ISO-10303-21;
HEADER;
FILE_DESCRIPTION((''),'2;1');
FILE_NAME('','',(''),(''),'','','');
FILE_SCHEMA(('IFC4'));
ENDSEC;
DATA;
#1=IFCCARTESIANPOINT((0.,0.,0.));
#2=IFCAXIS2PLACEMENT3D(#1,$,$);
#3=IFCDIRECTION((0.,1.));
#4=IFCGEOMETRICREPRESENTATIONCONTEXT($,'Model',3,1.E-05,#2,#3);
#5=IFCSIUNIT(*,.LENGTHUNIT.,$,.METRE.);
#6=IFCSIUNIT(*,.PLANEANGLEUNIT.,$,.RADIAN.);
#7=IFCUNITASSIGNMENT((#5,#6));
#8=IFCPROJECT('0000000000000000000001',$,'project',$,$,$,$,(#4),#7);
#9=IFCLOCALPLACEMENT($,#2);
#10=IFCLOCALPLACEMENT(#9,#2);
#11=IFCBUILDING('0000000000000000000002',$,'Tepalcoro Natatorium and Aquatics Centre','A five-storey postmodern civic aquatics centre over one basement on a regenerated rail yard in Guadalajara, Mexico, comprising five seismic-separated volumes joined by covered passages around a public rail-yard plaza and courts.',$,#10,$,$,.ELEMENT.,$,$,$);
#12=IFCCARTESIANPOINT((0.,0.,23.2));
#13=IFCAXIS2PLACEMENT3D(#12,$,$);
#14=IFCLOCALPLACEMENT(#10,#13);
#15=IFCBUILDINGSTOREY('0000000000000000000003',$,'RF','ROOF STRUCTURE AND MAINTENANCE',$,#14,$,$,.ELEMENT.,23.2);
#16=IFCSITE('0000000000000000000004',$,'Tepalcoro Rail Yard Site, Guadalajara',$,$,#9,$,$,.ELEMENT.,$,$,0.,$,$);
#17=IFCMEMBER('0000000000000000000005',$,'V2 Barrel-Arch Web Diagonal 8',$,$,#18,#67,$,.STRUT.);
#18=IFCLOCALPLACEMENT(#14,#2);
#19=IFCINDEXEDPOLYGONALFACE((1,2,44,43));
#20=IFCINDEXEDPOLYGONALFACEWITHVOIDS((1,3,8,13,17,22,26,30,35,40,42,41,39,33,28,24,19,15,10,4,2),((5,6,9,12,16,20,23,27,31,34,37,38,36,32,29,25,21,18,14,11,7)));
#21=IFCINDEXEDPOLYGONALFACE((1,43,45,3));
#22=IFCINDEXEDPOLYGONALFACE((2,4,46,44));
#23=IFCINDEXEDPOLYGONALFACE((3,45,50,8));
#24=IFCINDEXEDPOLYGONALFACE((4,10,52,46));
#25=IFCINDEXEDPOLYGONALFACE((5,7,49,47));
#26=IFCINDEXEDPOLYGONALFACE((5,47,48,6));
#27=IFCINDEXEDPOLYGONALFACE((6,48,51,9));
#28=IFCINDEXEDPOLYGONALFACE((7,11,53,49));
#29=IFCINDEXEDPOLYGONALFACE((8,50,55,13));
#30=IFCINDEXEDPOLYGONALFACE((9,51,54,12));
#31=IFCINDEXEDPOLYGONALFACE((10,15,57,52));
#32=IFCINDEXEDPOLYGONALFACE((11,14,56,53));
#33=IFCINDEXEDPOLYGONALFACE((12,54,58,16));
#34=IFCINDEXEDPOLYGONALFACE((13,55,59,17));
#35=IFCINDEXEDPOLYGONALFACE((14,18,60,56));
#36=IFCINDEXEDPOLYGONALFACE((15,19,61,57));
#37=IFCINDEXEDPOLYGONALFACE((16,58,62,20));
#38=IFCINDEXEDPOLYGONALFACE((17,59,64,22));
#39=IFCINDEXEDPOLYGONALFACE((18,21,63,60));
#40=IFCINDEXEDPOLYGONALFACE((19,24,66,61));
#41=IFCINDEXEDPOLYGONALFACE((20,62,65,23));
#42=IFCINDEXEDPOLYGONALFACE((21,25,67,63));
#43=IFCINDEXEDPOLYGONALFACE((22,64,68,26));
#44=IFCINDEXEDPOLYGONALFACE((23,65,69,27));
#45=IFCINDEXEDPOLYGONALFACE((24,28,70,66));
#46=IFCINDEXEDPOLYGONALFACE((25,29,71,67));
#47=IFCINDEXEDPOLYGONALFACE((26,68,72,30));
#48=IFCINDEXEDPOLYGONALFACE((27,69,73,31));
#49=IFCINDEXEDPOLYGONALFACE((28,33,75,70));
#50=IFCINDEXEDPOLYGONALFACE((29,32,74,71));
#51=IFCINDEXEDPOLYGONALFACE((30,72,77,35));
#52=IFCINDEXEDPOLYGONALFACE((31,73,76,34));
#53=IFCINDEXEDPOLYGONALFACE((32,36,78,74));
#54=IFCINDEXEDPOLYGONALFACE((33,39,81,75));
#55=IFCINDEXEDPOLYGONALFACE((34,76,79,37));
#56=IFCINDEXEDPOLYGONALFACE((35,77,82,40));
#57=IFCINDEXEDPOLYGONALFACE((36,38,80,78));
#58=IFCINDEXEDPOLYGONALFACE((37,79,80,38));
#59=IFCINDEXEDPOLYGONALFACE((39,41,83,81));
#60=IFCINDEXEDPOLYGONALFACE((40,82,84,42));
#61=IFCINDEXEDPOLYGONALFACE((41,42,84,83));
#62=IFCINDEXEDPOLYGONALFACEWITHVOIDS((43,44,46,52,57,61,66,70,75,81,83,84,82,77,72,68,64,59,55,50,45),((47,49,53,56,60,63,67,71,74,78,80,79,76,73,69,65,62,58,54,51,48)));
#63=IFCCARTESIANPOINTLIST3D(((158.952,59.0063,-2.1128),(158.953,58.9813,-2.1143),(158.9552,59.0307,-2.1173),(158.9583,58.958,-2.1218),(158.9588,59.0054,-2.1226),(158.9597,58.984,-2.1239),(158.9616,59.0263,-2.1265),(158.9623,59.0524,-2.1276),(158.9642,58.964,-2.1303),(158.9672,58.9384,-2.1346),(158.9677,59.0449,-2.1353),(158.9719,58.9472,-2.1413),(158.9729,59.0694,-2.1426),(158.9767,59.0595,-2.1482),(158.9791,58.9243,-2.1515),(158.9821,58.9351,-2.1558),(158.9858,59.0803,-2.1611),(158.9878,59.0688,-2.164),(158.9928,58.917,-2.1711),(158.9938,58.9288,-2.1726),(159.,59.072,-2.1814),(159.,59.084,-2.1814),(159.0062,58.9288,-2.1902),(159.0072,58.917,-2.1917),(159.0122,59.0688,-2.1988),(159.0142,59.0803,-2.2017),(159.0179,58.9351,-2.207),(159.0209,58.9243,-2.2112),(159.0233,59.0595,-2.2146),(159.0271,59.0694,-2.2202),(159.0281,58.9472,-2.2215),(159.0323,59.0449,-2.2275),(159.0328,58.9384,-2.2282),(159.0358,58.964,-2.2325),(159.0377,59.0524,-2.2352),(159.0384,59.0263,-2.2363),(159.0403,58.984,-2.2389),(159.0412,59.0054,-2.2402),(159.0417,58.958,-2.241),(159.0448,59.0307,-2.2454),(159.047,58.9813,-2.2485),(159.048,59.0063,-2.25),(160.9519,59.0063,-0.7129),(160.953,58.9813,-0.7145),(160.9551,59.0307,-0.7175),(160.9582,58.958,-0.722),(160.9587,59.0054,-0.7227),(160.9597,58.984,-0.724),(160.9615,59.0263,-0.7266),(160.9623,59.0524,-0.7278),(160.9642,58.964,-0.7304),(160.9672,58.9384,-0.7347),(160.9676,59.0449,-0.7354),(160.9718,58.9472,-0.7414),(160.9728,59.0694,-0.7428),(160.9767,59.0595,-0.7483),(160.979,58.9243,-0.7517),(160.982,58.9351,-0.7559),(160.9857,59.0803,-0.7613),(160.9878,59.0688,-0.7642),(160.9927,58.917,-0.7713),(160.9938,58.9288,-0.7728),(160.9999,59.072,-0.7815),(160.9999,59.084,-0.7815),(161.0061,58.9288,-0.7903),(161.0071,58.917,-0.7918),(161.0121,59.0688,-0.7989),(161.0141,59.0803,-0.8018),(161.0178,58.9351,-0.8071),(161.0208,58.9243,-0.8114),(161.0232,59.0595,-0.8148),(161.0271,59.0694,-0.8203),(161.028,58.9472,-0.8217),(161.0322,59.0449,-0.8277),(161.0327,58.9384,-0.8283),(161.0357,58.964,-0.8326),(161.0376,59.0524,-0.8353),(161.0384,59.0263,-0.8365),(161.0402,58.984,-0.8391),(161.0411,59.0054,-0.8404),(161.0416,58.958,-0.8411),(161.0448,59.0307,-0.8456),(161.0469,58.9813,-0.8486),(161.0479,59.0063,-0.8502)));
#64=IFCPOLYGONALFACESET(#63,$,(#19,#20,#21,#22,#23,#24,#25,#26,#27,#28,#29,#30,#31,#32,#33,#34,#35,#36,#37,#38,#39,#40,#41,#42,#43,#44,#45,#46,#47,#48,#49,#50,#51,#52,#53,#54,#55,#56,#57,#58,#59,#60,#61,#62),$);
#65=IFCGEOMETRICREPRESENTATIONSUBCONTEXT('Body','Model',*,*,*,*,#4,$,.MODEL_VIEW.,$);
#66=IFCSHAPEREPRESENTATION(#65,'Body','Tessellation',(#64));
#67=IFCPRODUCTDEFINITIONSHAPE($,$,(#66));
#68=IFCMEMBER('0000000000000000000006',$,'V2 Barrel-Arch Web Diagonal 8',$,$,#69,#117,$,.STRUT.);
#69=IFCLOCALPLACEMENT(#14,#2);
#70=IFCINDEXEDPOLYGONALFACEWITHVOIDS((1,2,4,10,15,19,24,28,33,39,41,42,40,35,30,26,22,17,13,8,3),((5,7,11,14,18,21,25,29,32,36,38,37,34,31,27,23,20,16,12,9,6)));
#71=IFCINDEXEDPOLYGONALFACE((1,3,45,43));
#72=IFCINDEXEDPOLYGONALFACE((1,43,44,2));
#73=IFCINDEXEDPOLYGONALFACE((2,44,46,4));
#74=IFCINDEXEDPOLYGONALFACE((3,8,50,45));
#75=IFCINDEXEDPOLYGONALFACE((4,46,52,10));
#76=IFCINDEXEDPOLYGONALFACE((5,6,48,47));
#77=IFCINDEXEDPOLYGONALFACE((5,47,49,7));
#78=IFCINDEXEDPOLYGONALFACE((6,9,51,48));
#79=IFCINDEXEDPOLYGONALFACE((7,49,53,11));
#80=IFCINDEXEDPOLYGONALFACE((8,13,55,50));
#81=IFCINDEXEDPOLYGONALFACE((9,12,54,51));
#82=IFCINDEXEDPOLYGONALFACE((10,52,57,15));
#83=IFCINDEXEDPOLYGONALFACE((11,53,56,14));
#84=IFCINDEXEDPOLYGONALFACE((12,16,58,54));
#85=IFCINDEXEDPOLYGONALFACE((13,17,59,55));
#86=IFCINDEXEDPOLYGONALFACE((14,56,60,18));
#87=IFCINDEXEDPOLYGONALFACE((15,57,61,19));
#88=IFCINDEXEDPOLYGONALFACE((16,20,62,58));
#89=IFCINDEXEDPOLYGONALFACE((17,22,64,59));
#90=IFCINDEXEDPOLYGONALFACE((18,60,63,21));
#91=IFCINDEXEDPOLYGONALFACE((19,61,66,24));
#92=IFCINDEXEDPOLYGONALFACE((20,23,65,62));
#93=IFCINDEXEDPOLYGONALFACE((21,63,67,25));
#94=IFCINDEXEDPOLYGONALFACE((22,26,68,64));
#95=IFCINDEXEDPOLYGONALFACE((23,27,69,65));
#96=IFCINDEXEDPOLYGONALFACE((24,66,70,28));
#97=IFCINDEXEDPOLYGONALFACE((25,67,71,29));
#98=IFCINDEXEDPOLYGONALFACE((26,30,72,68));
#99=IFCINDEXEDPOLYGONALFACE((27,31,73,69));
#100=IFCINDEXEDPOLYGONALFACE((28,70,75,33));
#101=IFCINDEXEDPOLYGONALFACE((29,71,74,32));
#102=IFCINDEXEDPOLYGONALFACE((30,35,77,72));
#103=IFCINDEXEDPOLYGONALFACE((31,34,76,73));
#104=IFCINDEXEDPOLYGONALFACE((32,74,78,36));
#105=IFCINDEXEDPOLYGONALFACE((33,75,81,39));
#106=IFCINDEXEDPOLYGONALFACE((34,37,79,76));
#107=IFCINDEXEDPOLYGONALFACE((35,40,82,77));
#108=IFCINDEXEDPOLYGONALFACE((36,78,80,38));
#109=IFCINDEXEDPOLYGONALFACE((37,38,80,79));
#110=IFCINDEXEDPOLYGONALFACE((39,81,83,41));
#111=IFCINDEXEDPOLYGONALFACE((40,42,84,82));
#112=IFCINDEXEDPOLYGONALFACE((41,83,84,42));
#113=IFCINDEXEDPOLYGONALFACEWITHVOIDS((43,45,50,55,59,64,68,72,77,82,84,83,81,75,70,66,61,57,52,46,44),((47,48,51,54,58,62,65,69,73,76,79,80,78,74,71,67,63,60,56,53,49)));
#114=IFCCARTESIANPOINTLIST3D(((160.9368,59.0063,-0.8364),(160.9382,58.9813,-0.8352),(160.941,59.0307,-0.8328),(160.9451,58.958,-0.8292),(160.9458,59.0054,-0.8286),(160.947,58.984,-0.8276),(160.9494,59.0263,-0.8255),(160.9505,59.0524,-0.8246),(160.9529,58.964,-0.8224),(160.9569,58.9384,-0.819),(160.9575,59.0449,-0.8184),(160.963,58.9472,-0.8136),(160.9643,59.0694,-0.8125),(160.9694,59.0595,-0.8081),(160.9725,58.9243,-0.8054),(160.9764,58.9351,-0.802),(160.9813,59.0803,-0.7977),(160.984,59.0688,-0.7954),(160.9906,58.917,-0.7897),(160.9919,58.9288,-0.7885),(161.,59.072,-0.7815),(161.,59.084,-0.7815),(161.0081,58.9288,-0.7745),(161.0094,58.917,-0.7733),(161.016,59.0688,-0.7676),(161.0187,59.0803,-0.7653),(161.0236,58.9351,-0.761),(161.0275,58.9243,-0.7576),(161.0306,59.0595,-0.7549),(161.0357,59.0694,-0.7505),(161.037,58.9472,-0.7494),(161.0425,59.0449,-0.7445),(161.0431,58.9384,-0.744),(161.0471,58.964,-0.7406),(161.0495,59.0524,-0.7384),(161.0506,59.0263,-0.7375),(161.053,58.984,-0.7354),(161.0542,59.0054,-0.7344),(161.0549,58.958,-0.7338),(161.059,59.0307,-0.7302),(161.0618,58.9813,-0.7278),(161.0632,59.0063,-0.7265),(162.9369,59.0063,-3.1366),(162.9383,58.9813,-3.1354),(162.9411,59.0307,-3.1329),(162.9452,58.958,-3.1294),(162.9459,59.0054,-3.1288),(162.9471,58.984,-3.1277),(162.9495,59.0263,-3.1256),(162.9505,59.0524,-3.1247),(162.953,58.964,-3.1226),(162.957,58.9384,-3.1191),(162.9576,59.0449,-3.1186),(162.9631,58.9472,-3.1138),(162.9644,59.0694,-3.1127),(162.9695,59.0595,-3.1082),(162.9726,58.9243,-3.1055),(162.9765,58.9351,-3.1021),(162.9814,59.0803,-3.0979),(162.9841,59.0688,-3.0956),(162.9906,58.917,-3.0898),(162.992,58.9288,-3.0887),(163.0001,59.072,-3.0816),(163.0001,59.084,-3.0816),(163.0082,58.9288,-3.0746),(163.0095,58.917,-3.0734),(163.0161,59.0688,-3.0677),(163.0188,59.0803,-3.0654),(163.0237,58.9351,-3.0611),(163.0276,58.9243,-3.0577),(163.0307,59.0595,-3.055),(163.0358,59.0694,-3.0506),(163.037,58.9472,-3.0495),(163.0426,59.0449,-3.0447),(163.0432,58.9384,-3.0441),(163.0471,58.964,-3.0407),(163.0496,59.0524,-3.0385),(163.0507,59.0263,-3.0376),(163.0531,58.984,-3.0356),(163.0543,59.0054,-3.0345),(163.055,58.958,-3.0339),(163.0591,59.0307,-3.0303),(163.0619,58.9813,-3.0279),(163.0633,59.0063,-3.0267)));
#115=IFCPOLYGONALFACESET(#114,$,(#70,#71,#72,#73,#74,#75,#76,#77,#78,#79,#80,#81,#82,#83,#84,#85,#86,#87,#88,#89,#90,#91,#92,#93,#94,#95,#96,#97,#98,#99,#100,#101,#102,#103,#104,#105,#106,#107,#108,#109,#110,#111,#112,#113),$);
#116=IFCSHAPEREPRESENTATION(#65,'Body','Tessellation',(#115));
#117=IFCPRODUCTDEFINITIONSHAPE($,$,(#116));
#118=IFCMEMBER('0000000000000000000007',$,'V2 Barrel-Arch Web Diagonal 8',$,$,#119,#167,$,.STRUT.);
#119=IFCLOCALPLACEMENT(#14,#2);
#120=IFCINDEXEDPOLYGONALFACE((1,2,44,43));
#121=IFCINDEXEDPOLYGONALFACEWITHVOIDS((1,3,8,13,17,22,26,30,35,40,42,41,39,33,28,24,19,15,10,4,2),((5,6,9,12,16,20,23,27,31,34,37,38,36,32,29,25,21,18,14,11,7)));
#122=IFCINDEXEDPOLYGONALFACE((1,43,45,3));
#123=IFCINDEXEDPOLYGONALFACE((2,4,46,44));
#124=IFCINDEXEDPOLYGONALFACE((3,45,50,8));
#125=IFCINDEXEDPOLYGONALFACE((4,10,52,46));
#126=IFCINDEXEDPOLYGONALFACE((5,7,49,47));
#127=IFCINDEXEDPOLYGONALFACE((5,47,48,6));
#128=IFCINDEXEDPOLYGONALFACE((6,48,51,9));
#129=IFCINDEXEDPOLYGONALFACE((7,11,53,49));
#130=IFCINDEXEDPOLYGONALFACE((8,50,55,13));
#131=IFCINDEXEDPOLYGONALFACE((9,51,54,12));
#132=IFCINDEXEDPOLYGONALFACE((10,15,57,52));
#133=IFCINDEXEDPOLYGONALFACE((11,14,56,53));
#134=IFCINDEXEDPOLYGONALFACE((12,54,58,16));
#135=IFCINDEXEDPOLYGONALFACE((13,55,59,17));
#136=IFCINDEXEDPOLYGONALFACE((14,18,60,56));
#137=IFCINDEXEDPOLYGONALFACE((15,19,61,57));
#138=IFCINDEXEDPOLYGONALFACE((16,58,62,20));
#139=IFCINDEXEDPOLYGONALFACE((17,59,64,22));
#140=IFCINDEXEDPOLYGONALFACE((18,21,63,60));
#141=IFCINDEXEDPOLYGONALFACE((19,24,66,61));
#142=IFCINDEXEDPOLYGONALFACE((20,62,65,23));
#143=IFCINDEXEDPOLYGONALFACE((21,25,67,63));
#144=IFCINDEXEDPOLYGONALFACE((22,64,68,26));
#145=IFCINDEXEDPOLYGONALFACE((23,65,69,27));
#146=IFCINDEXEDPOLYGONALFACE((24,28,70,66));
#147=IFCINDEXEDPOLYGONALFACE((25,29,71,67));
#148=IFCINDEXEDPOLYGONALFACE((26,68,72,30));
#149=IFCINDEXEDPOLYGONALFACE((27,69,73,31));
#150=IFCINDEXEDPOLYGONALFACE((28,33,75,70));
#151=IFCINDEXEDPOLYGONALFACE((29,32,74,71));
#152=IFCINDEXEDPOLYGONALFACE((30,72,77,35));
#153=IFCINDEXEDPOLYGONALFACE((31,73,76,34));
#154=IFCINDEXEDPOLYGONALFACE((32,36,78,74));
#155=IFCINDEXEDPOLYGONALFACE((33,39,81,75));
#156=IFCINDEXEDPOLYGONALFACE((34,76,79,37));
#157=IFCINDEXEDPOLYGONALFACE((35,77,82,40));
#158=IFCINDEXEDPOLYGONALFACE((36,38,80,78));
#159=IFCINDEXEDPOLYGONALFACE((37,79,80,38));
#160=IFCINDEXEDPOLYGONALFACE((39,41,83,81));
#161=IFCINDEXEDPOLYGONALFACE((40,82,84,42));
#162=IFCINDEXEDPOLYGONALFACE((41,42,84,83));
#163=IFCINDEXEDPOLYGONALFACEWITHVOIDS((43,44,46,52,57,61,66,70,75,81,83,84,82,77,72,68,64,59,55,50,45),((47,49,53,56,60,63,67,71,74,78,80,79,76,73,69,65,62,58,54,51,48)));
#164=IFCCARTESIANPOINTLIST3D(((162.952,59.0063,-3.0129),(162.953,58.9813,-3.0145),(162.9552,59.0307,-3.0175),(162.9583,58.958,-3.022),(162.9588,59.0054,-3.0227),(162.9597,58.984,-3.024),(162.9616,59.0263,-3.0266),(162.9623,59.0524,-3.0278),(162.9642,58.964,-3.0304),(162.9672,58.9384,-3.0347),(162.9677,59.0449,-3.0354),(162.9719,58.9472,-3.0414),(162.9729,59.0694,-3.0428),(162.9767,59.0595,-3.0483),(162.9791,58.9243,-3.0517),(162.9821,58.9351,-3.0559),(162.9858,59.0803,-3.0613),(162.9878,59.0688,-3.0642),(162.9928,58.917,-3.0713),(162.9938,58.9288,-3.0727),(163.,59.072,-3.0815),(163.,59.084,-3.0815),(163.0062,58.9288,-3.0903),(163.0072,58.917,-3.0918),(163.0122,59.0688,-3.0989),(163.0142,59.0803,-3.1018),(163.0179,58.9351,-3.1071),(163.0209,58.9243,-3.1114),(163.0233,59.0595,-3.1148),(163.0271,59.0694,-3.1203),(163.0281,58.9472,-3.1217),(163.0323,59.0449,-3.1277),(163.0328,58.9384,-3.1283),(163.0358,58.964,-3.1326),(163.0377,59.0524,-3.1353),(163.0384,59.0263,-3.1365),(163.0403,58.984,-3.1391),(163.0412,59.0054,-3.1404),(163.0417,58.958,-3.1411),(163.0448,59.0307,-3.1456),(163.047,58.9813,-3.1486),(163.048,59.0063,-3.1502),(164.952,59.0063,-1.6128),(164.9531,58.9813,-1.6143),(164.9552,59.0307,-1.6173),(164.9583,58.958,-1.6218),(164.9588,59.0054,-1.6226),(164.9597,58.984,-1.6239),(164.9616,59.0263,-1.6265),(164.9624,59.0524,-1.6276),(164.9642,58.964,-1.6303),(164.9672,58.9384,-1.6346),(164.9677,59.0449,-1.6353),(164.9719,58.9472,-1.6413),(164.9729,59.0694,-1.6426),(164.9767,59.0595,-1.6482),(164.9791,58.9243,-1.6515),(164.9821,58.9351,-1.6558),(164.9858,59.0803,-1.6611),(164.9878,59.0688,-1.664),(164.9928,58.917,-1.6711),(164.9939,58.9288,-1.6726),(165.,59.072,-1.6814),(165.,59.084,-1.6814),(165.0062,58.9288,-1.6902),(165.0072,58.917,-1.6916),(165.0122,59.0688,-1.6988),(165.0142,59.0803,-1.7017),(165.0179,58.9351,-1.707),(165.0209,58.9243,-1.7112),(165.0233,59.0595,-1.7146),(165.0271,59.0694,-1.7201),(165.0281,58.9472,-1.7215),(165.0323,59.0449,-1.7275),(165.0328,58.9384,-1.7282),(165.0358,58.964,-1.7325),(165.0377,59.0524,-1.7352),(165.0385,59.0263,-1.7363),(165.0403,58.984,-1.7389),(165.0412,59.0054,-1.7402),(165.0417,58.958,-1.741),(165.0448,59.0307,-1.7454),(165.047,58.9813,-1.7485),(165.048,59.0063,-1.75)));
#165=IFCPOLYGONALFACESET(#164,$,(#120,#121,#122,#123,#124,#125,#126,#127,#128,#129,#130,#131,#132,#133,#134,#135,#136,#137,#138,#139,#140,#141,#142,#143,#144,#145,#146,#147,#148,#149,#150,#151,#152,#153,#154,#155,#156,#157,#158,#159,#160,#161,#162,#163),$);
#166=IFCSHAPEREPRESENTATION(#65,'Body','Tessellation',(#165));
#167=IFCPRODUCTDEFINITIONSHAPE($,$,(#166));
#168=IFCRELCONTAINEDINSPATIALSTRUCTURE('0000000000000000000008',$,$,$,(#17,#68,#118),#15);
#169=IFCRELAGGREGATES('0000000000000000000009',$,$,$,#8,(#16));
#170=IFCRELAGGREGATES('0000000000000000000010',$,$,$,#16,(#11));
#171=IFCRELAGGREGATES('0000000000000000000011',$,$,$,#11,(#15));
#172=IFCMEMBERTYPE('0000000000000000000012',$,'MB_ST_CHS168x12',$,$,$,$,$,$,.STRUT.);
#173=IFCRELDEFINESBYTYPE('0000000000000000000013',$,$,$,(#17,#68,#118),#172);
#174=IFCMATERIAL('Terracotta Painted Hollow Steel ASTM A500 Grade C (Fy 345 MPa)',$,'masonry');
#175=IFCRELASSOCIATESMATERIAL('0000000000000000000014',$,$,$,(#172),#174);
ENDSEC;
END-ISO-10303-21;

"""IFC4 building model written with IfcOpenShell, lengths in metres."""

from ifc_helpers import new_model, si_unit, direction, frame, origin, origin_2d, place, context, subcontext, project, spatial, hollow_circle, extrude, material, material_profile, profile_set, type_object, element, save


model = new_model("IFC4")

# Units and contexts
model_context = context("Model", 3, precision=1e-05, world=origin(), true_north=direction((0.0, 1.0)))
body_context = subcontext(model_context, "Body", "Model", "MODEL_VIEW")
ifc_project = project(units=[si_unit("LENGTHUNIT", "METRE"), si_unit("PLANEANGLEUNIT", "RADIAN")], contexts=[model_context])

# Site, building, storey
site_placement = place(None, origin())
site = spatial("IfcSite", under=ifc_project, at=site_placement, Name="Tepalcoro Rail Yard Site, Guadalajara", CompositionType="ELEMENT", RefElevation=0.0)
building_placement = place(site_placement, origin())
building = spatial("IfcBuilding", under=site, at=building_placement, Name="Tepalcoro Natatorium and Aquatics Centre", Description="A five-storey postmodern civic aquatics centre over one basement on a regenerated rail yard in Guadalajara, Mexico, comprising five seismic-separated volumes joined by covered passages around a public rail-yard plaza and courts.", CompositionType="ELEMENT")
storey_placement = place(building_placement, frame((0.0, 0.0, 23.2)))
storey = spatial("IfcBuildingStorey", under=building, at=storey_placement, Name="RF", Description="ROOF STRUCTURE AND MAINTENANCE", CompositionType="ELEMENT", Elevation=23.2)

# Shared definitions
ifc_material_1 = material(Name="Terracotta Painted Hollow Steel ASTM A500 Grade C (Fy 345 MPa)", Category="masonry")

# Members
ifc_material_profile_1 = material_profile(ifc_material_1, hollow_circle(Radius=0.084, WallThickness=0.012, at=origin_2d()), Name="CHS168X12")
ifc_profile_set_1 = profile_set([ifc_material_profile_1], Name="Terracotta Painted Hollow Steel ASTM A500 Grade C (Fy 345 MPa)")
member_type_1 = type_object("IfcMemberType", Name="MB_ST_CHS168x12", PredefinedType="STRUT", material=ifc_profile_set_1)
member_1_placement = place(storey_placement, frame((159.0, 59.0, -2.1814), z_axis=(0.819251, 0.0, 0.573435), x_axis=(0.0, 1.0, 0.0)))
element("IfcMember", 1, at=member_1_placement, inside=storey, type_object=member_type_1, Name="V2 Barrel-Arch Web Diagonal 8", PredefinedType="STRUT", context=body_context, shape_type="SweptSolid", body=[
    extrude(hollow_circle(Radius=0.084, WallThickness=0.012, at=origin_2d()), origin(), (0.0, 0.0, 1.0), 2.4412),
])
member_2_placement = place(storey_placement, frame((161.0, 59.0, -0.7815), z_axis=(0.656171, 0.0, -0.754612), x_axis=(0.0, 1.0, 0.0)))
element("IfcMember", 2, at=member_2_placement, inside=storey, type_object=member_type_1, Name="V2 Barrel-Arch Web Diagonal 8", PredefinedType="STRUT", context=body_context, shape_type="SweptSolid", body=[
    extrude(hollow_circle(Radius=0.084, WallThickness=0.012, at=origin_2d()), origin(), (0.0, 0.0, 1.0), 3.0481),
])
member_3_placement = place(storey_placement, frame((163.0, 59.0, -3.0815), z_axis=(0.819204, 0.0, 0.573503), x_axis=(0.0, 1.0, 0.0)))
element("IfcMember", 3, at=member_3_placement, inside=storey, type_object=member_type_1, Name="V2 Barrel-Arch Web Diagonal 8", PredefinedType="STRUT", context=body_context, shape_type="SweptSolid", body=[
    extrude(hollow_circle(Radius=0.084, WallThickness=0.012, at=origin_2d()), origin(), (0.0, 0.0, 1.0), 2.4414),
])

save(model, "model.ifc")
